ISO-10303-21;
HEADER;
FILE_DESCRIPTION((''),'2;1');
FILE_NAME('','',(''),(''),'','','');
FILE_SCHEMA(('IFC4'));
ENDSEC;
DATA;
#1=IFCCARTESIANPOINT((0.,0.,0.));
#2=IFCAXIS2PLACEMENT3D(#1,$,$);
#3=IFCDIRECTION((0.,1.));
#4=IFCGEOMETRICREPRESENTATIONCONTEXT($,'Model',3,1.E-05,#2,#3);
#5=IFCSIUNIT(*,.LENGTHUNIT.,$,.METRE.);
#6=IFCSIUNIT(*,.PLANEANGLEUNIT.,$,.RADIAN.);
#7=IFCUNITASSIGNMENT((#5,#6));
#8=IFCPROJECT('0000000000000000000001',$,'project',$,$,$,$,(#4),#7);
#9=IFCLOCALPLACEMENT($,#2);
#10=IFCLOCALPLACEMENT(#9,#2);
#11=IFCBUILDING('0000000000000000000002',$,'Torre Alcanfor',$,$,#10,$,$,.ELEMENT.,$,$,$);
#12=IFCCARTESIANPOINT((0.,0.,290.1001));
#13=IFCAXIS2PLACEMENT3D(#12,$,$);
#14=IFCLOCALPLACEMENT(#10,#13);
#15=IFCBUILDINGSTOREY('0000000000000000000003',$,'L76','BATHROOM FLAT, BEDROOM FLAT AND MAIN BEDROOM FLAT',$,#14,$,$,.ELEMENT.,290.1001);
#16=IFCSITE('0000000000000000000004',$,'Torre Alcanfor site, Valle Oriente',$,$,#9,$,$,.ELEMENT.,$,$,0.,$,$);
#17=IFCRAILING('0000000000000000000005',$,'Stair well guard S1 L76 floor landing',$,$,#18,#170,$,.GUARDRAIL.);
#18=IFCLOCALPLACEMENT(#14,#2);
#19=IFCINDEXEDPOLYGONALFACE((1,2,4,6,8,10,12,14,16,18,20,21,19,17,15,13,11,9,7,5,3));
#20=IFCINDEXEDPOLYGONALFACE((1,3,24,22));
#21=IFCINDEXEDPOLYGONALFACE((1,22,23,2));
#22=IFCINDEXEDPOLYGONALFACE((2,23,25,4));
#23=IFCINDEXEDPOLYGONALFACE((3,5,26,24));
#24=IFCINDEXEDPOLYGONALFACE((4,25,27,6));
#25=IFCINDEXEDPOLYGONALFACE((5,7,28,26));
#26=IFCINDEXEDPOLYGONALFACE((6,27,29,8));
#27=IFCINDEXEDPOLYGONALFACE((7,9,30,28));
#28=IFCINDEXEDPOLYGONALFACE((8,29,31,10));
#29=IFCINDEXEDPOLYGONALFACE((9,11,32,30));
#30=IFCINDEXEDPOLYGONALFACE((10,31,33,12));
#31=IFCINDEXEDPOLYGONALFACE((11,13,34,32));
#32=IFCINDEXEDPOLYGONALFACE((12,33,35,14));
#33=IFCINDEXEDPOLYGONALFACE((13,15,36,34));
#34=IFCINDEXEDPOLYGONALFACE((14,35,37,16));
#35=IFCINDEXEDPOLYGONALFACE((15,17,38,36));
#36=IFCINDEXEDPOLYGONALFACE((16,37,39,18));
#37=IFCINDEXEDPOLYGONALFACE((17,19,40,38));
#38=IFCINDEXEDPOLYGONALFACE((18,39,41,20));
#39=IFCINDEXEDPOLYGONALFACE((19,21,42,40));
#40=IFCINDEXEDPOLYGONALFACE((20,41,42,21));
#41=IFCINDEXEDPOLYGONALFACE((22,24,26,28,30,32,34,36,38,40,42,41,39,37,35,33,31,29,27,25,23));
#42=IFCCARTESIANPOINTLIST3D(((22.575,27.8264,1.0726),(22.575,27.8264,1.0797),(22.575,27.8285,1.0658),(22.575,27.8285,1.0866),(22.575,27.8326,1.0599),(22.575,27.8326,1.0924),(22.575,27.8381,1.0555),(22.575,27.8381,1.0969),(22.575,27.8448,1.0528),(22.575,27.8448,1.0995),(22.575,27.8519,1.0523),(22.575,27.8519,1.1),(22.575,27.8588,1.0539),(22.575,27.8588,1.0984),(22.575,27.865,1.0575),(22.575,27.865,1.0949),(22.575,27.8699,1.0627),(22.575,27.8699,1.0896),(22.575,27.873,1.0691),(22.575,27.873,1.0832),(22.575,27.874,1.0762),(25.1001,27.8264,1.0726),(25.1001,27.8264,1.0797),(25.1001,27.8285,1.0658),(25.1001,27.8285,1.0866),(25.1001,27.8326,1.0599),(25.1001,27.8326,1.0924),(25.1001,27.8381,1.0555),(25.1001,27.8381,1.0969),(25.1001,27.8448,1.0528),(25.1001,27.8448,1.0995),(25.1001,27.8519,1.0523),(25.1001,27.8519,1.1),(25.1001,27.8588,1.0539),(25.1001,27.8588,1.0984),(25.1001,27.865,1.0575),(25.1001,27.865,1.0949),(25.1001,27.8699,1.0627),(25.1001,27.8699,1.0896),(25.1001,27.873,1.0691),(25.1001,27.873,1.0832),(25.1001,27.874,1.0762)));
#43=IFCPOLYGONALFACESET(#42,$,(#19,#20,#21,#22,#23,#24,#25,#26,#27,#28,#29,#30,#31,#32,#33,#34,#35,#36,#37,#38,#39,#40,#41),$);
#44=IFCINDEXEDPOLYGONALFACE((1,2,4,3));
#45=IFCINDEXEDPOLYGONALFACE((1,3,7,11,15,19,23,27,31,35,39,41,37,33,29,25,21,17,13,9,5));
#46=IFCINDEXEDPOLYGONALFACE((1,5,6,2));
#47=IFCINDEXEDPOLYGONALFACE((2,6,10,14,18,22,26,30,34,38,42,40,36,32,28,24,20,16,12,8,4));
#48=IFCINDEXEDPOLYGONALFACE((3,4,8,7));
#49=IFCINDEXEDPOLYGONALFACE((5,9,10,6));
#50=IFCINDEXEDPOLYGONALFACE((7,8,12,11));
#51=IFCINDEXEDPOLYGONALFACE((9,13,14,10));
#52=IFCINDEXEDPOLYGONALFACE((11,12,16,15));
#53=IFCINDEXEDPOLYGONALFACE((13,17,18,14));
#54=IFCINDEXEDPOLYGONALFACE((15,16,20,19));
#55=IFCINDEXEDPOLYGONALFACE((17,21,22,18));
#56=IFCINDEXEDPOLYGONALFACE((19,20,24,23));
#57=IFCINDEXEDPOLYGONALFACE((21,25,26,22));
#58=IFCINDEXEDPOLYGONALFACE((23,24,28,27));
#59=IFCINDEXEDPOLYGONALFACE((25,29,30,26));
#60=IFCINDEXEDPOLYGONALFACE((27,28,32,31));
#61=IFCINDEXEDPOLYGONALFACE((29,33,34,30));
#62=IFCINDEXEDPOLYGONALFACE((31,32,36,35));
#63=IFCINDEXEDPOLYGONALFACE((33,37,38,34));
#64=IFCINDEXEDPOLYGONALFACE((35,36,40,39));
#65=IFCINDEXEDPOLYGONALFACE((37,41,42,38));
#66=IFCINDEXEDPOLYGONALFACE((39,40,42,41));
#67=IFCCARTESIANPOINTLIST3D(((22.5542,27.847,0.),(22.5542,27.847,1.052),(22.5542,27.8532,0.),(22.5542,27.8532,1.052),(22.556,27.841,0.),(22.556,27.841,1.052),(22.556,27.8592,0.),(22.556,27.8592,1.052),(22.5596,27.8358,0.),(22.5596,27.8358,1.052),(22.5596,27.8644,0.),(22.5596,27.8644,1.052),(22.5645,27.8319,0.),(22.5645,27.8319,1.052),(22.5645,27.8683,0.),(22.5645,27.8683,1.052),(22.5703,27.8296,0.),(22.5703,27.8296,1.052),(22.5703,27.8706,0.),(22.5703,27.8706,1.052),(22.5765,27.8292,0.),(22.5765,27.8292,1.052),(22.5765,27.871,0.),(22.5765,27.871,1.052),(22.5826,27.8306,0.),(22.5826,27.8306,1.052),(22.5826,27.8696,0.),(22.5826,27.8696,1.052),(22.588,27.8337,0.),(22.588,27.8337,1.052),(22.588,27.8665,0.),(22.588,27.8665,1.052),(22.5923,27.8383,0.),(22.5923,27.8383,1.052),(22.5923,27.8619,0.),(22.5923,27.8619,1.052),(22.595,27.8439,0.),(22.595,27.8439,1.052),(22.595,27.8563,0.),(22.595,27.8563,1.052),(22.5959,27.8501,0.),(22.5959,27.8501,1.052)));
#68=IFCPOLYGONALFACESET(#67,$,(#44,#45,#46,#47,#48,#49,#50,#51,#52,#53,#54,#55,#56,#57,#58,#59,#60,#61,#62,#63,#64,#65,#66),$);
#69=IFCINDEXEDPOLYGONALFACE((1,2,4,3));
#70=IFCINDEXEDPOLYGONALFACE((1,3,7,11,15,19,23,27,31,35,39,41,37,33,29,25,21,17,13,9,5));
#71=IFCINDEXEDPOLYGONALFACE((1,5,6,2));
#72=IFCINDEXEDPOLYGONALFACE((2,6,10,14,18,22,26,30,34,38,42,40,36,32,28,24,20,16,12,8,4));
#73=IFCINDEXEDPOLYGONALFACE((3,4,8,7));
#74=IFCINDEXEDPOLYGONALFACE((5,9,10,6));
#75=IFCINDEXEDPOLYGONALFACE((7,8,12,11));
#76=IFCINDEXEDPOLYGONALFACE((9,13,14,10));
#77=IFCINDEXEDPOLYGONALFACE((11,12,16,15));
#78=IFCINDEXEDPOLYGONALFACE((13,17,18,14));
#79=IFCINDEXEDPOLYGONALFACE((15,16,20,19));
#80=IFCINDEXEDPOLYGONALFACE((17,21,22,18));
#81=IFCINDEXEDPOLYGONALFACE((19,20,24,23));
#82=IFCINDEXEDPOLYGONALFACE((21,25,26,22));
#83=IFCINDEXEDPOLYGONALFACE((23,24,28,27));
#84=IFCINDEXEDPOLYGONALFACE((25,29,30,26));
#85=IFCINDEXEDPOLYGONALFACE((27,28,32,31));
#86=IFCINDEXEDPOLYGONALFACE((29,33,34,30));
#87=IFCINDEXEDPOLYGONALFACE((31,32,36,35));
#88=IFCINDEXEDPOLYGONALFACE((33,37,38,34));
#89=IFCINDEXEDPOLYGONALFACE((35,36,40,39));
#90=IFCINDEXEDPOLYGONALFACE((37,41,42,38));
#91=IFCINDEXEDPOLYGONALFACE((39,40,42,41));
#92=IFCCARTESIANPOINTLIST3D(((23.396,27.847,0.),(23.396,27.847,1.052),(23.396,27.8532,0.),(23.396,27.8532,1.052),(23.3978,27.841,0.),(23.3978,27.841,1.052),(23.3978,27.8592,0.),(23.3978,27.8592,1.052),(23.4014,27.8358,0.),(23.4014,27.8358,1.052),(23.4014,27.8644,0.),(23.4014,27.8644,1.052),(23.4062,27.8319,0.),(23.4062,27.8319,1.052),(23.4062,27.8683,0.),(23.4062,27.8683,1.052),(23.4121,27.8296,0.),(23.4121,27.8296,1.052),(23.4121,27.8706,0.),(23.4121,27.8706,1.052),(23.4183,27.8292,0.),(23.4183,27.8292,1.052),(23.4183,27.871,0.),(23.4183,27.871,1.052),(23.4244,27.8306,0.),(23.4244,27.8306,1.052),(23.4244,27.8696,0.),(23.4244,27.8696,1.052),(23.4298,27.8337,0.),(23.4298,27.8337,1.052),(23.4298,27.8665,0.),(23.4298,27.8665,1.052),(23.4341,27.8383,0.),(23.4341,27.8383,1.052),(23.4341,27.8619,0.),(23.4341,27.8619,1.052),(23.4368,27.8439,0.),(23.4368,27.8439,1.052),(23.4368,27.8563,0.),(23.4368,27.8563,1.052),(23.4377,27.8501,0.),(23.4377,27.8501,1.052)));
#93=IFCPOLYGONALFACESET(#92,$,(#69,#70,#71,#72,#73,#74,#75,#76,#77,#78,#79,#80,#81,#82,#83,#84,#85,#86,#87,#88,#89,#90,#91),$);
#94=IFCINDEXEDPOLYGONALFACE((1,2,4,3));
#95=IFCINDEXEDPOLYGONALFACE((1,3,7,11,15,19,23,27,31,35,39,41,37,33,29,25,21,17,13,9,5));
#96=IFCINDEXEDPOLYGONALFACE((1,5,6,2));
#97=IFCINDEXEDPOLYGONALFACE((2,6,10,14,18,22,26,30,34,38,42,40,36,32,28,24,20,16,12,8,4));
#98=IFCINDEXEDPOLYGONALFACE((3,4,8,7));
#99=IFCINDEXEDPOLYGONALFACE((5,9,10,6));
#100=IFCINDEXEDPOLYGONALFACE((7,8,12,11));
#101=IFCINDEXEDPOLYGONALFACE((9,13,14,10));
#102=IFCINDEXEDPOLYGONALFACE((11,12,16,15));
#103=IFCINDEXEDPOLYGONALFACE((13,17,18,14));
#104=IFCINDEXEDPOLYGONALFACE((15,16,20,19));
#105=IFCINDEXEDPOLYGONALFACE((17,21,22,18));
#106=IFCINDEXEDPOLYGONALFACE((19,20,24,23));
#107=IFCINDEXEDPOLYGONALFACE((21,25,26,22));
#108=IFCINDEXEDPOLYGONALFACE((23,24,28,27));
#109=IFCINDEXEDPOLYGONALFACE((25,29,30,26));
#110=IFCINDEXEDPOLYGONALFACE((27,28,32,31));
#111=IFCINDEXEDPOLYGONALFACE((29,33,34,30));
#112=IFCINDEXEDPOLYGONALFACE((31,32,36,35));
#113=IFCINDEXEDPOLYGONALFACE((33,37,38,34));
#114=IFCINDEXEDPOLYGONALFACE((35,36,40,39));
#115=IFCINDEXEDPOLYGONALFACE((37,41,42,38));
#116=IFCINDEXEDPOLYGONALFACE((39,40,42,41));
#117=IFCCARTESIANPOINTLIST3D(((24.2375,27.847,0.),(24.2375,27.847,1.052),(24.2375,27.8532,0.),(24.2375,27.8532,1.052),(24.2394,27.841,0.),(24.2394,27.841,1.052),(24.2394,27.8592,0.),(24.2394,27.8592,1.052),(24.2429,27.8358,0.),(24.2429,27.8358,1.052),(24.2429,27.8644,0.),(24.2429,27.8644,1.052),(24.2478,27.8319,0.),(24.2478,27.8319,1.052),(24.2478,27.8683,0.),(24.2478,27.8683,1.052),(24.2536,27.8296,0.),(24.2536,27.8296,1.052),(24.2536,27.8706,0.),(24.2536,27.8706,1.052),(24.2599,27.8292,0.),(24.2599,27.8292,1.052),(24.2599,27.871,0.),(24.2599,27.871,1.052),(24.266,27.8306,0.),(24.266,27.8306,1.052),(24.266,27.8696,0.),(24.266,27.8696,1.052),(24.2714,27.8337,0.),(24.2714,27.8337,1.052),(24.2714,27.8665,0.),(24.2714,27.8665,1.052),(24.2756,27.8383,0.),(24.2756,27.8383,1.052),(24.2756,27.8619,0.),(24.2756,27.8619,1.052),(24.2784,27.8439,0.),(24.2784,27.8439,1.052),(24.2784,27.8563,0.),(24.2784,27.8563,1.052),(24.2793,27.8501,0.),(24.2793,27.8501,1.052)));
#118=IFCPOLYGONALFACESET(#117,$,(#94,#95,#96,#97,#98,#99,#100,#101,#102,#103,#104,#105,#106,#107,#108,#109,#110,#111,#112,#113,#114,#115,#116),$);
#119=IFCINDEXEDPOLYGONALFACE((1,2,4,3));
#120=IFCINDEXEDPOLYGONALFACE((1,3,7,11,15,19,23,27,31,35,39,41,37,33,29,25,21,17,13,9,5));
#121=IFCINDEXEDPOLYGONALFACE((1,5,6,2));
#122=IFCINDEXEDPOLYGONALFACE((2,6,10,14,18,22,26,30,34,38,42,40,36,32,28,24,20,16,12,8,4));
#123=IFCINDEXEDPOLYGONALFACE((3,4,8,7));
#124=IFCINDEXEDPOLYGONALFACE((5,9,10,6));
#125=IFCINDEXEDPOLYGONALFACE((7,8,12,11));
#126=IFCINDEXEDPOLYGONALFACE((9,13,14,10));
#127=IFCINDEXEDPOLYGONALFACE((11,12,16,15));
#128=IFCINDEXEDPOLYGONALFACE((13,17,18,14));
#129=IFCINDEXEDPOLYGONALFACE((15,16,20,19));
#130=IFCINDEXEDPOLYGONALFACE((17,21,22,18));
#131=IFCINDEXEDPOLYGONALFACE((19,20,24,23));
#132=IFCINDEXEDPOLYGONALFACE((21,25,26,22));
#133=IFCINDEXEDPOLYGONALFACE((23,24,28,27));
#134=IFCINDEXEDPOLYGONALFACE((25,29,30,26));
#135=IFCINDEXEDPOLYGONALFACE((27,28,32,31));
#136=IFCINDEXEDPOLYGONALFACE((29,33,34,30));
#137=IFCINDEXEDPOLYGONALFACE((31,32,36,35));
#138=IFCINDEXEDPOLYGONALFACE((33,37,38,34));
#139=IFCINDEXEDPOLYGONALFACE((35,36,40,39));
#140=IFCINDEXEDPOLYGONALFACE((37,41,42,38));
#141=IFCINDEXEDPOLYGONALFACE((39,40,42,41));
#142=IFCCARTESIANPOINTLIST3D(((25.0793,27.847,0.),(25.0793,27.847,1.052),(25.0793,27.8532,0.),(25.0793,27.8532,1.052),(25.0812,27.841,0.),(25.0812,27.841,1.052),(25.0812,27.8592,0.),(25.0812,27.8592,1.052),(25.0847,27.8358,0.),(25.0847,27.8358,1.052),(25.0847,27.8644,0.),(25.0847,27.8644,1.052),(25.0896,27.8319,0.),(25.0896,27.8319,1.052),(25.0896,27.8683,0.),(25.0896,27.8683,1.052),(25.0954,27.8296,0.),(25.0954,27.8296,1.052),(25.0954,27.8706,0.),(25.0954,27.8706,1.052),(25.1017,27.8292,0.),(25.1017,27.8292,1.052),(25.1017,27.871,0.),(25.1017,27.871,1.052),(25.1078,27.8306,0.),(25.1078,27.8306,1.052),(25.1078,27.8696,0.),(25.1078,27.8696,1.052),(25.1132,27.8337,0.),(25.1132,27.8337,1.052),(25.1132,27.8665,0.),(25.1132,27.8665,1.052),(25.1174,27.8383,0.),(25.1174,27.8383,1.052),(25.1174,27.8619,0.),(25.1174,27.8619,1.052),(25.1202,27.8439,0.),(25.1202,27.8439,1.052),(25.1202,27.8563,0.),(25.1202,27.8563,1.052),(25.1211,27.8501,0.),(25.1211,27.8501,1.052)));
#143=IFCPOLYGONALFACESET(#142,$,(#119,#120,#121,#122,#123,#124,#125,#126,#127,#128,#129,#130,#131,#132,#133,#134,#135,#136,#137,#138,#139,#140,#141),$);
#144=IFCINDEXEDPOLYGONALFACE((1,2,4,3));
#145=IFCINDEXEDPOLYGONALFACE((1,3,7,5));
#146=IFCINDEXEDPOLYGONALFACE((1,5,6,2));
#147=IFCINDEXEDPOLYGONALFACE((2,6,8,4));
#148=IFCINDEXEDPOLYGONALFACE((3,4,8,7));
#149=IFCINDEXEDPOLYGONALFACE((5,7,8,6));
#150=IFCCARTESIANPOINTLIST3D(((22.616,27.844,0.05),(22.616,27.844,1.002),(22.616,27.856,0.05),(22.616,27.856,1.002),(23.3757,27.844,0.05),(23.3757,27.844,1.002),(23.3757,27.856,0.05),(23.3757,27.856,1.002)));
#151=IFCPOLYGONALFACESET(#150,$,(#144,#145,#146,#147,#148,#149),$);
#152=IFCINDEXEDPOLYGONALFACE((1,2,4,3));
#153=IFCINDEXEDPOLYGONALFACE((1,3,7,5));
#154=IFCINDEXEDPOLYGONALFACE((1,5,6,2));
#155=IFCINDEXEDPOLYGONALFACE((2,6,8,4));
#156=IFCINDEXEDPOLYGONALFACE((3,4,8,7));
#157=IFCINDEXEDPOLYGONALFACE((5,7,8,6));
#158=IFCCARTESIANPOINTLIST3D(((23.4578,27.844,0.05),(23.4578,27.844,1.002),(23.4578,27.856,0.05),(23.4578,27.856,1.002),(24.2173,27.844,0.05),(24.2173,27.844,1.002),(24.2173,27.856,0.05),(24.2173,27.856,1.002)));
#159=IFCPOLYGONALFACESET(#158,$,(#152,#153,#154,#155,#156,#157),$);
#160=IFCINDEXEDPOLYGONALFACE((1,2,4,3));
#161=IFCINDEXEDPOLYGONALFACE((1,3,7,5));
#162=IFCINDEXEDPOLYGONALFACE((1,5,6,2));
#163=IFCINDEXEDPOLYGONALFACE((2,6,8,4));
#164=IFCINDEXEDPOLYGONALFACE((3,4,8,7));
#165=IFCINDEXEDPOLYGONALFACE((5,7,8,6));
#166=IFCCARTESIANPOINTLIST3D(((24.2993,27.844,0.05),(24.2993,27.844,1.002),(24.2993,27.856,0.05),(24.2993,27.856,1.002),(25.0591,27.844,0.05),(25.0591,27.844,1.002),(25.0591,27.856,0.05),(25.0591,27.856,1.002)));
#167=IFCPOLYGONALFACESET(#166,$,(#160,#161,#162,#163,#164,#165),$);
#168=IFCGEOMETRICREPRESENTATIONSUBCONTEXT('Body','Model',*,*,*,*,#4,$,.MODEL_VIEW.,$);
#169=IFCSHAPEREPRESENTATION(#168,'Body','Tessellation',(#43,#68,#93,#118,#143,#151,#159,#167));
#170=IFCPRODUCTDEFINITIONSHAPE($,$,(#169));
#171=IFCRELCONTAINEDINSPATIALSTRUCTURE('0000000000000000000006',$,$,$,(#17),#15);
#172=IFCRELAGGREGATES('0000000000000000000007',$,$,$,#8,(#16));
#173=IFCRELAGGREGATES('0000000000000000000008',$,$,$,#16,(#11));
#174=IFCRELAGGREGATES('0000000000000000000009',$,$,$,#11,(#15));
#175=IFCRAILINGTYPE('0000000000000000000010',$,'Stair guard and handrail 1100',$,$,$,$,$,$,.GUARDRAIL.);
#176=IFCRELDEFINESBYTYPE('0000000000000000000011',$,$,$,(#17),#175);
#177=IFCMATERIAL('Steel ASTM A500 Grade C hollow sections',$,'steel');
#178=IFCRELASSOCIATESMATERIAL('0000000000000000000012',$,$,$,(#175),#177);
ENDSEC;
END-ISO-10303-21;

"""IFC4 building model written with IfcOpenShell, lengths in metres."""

from ifc_helpers import new_model, si_unit, direction, frame, origin, origin_2d, place, context, subcontext, project, spatial, polyline, circle, outline, extrude, material, type_object, element, save


model = new_model("IFC4")

# Units and contexts
model_context = context("Model", 3, precision=1e-05, world=origin(), true_north=direction((0.0, 1.0)))
body_context = subcontext(model_context, "Body", "Model", "MODEL_VIEW")
ifc_project = project(units=[si_unit("LENGTHUNIT", "METRE"), si_unit("PLANEANGLEUNIT", "RADIAN")], contexts=[model_context])

# Site, building, storey
site_placement = place(None, origin())
site = spatial("IfcSite", under=ifc_project, at=site_placement, Name="Torre Alcanfor site, Valle Oriente", CompositionType="ELEMENT", RefElevation=0.0)
building_placement = place(site_placement, origin())
building = spatial("IfcBuilding", under=site, at=building_placement, Name="Torre Alcanfor", CompositionType="ELEMENT")
storey_placement = place(building_placement, frame((0.0, 0.0, 290.1001)))
storey = spatial("IfcBuildingStorey", under=building, at=storey_placement, Name="L76", Description="BATHROOM FLAT, BEDROOM FLAT AND MAIN BEDROOM FLAT", CompositionType="ELEMENT", Elevation=290.1001)

# Railing
ifc_material_1 = material(Name="Steel ASTM A500 Grade C hollow sections", Category="steel")
railing_type_1 = type_object("IfcRailingType", Name="Stair guard and handrail 1100", PredefinedType="GUARDRAIL", material=ifc_material_1)
railing_1_placement = place(storey_placement, frame((22.575, 27.8501, 0.0)))
element("IfcRailing", 1, at=railing_1_placement, inside=storey, type_object=railing_type_1, Name="Stair well guard S1 L76 floor landing", PredefinedType="GUARDRAIL", context=body_context, shape_type="SweptSolid", body=[
    extrude(circle(Radius=0.0239, at=origin_2d()), frame((0.0, 0.0, 1.0762), z_axis=(1.0, 0.0, 0.0), x_axis=(0.0, 1.0, 0.0)), (0.0, 0.0, 1.0), 2.5251),
    extrude(circle(Radius=0.021, at=origin_2d()), origin(), (0.0, 0.0, 1.0), 1.052),
    extrude(circle(Radius=0.021, at=origin_2d()), frame((0.8418, 0.0, 0.0)), (0.0, 0.0, 1.0), 1.052),
    extrude(circle(Radius=0.021, at=origin_2d()), frame((1.6833, 0.0, 0.0)), (0.0, 0.0, 1.0), 1.052),
    extrude(circle(Radius=0.021, at=origin_2d()), frame((2.5251, 0.0, 0.0)), (0.0, 0.0, 1.0), 1.052),
    extrude(outline(polyline([(0.041, 0.05), (0.8008, 0.05), (0.8008, 1.002), (0.041, 1.002), (0.041, 0.05)])), frame((0.0, 0.0059, 0.0), z_axis=(0.0, -1.0, 0.0), x_axis=(1.0, 0.0, 0.0)), (0.0, 0.0, 1.0), 0.012),
    extrude(outline(polyline([(0.8828, 0.05), (1.6423, 0.05), (1.6423, 1.002), (0.8828, 1.002), (0.8828, 0.05)])), frame((0.0, 0.0059, 0.0), z_axis=(0.0, -1.0, 0.0), x_axis=(1.0, 0.0, 0.0)), (0.0, 0.0, 1.0), 0.012),
    extrude(outline(polyline([(1.7244, 0.05), (2.4841, 0.05), (2.4841, 1.002), (1.7244, 1.002), (1.7244, 0.05)])), frame((0.0, 0.0059, 0.0), z_axis=(0.0, -1.0, 0.0), x_axis=(1.0, 0.0, 0.0)), (0.0, 0.0, 1.0), 0.012),
])

save(model, "model.ifc")
